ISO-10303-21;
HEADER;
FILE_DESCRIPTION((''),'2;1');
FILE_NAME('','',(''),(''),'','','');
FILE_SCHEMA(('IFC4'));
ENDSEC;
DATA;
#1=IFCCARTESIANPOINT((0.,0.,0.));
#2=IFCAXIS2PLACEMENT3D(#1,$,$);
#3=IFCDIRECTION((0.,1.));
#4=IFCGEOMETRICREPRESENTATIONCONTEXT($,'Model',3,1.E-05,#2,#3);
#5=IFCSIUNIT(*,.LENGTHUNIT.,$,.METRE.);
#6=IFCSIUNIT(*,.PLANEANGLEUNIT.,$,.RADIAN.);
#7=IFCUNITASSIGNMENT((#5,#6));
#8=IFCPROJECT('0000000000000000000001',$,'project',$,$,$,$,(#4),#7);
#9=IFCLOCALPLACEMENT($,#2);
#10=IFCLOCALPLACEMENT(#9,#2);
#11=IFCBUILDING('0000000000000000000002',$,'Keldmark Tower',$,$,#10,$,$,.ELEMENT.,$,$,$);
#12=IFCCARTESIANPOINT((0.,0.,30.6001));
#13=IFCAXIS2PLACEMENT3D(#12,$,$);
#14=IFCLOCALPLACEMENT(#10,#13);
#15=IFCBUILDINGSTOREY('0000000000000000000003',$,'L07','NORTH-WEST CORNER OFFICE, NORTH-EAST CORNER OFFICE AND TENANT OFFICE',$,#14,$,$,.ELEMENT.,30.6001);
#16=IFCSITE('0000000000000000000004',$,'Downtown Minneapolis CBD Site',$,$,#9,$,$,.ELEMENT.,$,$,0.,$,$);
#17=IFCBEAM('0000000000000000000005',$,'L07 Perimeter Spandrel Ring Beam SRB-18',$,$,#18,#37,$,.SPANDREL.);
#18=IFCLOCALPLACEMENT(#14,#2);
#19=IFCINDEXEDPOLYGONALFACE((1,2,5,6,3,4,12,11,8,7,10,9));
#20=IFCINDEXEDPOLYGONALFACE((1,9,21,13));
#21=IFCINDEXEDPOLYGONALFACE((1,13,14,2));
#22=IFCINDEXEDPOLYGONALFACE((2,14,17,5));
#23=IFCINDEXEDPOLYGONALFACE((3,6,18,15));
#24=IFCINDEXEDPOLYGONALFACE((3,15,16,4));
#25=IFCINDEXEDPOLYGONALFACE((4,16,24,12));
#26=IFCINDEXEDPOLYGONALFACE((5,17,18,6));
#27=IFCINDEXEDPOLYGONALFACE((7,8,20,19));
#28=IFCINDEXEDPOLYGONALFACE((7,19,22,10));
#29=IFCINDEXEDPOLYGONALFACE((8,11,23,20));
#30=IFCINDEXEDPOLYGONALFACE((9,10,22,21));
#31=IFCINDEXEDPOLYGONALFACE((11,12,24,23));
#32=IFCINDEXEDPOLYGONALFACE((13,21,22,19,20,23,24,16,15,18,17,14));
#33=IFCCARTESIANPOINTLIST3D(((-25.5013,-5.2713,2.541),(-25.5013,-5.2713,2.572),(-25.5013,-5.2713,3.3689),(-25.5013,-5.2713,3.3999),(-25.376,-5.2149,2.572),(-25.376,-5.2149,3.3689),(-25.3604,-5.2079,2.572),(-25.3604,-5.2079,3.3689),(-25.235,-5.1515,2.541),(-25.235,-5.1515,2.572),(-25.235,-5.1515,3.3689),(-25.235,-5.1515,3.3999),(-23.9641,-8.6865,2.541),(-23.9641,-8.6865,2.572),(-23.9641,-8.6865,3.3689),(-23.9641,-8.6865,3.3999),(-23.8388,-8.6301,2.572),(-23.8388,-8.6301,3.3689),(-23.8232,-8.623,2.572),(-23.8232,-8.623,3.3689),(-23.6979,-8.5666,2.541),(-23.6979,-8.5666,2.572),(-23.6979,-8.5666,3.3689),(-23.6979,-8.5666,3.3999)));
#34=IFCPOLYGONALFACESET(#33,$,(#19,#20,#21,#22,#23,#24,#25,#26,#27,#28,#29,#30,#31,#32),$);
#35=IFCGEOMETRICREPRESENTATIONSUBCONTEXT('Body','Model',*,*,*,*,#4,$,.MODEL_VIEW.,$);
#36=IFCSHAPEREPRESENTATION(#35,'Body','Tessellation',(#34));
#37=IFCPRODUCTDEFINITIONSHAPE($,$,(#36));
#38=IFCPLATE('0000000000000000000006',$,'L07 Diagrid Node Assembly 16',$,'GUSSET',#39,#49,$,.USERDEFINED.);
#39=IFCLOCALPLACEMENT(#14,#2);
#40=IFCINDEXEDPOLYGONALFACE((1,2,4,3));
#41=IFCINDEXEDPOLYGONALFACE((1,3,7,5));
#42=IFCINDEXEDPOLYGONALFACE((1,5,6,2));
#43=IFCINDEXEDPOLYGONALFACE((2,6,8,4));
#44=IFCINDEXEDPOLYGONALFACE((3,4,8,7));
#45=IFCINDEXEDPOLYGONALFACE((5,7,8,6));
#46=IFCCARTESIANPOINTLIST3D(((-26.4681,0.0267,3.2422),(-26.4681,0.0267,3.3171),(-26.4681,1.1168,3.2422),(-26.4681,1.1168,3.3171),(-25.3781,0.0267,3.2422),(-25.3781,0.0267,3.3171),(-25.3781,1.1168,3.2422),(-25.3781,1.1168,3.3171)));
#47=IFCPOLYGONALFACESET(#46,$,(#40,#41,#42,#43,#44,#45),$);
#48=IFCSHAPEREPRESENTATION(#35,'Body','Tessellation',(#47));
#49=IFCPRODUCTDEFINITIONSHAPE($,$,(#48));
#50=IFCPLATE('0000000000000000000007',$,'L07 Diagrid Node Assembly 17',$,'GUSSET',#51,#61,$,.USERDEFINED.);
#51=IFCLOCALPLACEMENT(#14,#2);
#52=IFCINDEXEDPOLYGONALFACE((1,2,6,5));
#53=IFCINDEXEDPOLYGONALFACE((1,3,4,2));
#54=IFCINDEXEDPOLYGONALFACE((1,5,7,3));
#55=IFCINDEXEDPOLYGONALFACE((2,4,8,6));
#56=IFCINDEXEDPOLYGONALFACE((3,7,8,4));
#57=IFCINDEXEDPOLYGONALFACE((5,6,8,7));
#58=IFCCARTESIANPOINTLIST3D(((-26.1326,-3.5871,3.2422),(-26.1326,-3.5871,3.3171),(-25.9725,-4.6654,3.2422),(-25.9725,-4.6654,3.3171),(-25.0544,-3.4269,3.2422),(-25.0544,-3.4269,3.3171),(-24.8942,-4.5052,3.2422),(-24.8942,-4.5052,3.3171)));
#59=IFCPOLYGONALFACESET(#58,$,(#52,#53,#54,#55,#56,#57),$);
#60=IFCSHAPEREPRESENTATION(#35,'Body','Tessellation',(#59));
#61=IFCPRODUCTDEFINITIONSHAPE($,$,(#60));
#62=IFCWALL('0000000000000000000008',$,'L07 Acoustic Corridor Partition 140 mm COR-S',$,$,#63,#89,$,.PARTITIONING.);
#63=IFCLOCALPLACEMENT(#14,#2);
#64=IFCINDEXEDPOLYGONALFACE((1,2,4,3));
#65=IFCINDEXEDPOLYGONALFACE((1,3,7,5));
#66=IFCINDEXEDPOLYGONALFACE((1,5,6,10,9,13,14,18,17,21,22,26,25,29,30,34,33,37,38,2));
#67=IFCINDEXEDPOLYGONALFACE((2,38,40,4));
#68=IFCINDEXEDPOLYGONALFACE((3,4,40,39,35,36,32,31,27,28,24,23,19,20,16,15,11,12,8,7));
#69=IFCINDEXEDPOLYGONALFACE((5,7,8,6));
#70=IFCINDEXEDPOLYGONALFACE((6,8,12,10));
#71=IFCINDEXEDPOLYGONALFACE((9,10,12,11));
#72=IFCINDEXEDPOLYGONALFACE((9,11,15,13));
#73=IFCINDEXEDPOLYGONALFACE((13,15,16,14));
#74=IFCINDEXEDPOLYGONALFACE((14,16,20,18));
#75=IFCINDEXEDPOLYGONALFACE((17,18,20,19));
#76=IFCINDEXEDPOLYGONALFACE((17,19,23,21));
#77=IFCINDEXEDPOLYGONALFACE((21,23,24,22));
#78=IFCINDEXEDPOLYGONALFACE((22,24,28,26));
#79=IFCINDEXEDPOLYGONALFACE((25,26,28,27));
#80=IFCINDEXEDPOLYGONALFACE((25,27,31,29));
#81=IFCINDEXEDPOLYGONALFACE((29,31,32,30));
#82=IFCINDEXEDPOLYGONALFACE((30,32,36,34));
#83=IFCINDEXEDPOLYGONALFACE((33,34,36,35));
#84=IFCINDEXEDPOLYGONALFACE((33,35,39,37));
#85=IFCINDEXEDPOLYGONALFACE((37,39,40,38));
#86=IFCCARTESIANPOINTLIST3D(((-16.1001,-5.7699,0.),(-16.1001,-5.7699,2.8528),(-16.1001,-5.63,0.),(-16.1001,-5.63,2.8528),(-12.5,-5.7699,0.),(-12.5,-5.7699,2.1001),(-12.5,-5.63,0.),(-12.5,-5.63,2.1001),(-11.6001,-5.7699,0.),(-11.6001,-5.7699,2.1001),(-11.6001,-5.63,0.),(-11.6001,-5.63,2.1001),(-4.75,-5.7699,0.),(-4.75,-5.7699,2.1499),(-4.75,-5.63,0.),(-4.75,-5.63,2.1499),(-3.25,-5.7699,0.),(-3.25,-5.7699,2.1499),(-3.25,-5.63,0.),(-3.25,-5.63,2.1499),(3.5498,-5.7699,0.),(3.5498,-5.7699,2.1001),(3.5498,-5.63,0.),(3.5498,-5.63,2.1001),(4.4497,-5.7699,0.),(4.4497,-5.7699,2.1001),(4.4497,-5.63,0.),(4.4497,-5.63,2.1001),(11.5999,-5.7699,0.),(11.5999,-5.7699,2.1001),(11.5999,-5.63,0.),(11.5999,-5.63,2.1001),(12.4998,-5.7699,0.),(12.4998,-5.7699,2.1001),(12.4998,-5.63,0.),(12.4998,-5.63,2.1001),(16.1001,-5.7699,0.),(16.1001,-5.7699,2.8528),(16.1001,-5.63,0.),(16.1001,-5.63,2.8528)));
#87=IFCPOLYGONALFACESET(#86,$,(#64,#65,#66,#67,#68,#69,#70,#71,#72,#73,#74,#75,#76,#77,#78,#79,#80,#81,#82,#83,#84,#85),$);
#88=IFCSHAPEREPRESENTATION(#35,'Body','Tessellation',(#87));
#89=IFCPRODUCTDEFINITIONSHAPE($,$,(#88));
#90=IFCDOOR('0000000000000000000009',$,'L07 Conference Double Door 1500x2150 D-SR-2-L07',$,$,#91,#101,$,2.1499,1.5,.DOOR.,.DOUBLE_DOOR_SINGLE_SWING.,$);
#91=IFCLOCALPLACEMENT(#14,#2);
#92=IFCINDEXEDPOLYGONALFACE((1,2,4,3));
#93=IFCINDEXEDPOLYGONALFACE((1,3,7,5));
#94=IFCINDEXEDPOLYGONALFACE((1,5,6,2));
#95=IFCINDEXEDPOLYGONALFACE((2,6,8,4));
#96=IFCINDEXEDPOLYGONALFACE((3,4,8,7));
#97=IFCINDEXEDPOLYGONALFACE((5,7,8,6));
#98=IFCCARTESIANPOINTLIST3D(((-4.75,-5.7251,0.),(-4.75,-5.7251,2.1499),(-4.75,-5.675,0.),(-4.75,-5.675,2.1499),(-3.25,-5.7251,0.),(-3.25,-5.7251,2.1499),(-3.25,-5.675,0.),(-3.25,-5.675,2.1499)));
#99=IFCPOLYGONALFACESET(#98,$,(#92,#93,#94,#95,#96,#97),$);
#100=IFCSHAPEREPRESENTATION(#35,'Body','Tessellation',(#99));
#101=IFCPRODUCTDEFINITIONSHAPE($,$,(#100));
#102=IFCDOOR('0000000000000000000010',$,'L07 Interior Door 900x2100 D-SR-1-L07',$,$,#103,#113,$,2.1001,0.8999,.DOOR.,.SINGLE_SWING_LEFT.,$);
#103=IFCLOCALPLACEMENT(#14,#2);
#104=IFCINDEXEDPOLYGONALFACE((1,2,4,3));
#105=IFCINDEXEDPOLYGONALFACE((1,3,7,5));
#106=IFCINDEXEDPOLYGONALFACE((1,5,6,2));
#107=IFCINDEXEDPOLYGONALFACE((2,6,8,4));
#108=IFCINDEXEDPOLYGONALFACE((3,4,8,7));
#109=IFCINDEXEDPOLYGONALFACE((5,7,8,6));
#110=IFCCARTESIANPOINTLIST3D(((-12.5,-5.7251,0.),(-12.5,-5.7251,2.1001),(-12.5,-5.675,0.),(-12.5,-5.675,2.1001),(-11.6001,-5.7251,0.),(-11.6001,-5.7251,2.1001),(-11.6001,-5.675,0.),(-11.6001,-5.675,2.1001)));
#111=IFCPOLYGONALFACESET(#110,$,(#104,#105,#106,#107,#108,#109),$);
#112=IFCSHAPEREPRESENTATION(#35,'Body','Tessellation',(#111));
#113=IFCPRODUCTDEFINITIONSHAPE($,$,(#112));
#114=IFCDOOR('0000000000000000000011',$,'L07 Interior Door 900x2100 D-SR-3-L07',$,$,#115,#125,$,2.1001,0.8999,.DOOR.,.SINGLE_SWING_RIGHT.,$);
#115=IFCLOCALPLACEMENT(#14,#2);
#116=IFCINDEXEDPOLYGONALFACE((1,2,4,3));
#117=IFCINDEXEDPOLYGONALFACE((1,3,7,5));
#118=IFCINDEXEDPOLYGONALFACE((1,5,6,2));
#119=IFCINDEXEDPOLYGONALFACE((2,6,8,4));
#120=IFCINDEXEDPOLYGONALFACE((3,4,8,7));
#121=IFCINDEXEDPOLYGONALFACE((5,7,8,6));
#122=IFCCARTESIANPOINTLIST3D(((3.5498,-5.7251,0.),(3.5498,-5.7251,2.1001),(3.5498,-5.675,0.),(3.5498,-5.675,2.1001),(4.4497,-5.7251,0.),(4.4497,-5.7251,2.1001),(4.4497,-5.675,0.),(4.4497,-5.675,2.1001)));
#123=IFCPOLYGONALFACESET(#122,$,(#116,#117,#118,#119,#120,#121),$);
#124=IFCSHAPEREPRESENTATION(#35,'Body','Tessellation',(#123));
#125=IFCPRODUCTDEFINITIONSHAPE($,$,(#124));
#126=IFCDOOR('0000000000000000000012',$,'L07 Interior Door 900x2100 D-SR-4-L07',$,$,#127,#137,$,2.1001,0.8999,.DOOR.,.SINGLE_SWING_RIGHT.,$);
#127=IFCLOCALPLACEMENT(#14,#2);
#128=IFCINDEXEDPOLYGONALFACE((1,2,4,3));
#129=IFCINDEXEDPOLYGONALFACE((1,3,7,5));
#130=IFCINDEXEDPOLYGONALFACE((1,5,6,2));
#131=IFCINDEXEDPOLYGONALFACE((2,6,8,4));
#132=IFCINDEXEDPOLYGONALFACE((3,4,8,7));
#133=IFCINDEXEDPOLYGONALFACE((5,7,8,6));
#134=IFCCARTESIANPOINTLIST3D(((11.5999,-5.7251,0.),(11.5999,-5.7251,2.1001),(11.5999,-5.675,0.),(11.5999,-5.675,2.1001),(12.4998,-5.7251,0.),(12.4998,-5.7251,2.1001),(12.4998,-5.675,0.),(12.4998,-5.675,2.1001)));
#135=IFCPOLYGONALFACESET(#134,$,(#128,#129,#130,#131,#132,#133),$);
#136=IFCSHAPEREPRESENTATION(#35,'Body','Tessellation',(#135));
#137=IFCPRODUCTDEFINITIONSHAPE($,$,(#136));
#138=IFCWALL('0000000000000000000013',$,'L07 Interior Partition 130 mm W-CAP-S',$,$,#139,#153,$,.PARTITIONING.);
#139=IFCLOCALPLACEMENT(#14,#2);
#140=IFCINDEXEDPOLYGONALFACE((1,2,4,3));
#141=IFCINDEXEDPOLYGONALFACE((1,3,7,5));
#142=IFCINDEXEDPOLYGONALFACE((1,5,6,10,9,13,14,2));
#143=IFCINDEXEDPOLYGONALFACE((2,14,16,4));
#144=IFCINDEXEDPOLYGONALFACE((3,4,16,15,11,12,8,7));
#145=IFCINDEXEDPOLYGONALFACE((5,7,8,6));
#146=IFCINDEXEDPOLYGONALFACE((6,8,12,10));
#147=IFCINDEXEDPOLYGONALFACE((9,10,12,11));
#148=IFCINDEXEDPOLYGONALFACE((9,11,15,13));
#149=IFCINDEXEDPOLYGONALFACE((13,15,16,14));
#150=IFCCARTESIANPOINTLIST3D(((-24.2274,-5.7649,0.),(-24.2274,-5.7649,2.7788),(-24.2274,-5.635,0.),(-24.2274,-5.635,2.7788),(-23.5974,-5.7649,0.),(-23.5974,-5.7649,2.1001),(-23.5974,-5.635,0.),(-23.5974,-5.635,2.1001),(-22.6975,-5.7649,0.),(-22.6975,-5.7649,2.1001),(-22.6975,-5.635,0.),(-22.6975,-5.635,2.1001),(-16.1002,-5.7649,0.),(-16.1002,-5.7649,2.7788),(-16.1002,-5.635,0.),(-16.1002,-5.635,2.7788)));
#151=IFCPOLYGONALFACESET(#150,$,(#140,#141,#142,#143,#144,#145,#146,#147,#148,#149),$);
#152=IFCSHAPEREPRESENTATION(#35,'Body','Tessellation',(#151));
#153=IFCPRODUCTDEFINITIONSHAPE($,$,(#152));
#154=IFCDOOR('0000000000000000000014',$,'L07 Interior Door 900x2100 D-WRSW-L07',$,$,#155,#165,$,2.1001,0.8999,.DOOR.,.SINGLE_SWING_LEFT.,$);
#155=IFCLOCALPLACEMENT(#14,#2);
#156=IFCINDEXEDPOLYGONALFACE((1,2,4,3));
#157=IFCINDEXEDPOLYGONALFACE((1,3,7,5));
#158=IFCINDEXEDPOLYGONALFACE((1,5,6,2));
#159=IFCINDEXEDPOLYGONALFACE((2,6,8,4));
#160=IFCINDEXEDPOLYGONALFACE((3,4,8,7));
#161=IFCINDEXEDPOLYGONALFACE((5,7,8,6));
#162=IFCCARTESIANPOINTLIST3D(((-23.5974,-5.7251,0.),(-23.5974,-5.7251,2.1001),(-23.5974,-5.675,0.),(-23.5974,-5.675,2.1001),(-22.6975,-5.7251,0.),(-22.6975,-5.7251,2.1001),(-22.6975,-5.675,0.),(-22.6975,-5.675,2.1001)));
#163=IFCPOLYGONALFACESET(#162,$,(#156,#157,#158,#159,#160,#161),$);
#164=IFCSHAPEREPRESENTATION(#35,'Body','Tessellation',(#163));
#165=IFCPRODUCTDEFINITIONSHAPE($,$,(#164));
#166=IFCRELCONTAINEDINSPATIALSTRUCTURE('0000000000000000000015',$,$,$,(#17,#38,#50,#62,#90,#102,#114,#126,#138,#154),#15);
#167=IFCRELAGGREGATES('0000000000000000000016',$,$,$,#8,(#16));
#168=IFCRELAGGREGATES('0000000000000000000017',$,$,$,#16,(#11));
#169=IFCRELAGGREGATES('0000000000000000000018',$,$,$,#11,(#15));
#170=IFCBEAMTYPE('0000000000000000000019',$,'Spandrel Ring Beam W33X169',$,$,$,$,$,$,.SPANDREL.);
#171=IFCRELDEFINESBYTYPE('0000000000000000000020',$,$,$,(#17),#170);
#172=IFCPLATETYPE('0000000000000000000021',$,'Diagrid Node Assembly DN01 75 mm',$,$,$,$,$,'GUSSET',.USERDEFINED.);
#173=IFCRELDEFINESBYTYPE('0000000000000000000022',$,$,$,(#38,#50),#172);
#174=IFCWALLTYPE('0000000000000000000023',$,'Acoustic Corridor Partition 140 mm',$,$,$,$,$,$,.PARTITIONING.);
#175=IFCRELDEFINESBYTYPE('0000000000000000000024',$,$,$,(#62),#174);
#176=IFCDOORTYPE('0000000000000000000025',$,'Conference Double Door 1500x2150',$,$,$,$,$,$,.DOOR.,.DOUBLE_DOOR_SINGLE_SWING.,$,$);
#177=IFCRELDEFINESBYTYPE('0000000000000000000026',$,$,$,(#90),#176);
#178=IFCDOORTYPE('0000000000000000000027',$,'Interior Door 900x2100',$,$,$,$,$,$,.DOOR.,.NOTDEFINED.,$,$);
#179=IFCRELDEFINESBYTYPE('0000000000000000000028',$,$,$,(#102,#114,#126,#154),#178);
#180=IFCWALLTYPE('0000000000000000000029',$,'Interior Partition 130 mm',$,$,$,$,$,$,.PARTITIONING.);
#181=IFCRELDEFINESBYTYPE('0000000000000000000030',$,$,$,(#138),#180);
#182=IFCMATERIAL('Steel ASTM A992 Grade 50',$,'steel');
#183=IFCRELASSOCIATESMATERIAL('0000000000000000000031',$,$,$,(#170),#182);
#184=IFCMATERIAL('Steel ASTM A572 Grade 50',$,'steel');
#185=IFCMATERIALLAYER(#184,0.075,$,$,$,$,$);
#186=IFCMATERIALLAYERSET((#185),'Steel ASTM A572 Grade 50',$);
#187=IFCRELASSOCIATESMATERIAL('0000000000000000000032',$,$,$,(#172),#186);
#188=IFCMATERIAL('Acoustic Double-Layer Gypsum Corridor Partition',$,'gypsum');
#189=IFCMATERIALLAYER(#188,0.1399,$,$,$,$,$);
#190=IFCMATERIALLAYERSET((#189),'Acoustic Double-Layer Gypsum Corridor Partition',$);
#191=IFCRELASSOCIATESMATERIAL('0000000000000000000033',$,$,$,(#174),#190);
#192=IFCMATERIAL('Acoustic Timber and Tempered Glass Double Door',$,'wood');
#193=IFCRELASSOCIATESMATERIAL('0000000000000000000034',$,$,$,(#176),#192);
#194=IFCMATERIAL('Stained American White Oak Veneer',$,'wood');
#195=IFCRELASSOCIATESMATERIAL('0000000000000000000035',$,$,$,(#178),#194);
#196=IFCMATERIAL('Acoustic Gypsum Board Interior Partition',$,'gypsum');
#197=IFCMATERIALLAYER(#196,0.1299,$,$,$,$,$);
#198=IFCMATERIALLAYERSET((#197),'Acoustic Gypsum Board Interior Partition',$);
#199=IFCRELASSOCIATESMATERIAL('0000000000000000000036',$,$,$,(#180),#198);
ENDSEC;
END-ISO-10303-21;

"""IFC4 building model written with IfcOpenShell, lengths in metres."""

from ifc_helpers import new_model, si_unit, direction, frame, frame_2d, origin, origin_2d, place, context, subcontext, project, spatial, rectangle, i_section, extrude, material, layer, layer_set, material_profile, profile_set, type_object, element, fill, save


model = new_model("IFC4")

# Units and contexts
model_context = context("Model", 3, precision=1e-05, world=origin(), true_north=direction((0.0, 1.0)))
body_context = subcontext(model_context, "Body", "Model", "MODEL_VIEW")
ifc_project = project(units=[si_unit("LENGTHUNIT", "METRE"), si_unit("PLANEANGLEUNIT", "RADIAN")], contexts=[model_context])

# Site, building, storey
site_placement = place(None, origin())
site = spatial("IfcSite", under=ifc_project, at=site_placement, Name="Downtown Minneapolis CBD Site", CompositionType="ELEMENT", RefElevation=0.0)
building_placement = place(site_placement, origin())
building = spatial("IfcBuilding", under=site, at=building_placement, Name="Keldmark Tower", CompositionType="ELEMENT")
storey_placement = place(building_placement, frame((0.0, 0.0, 30.6001)))
storey = spatial("IfcBuildingStorey", under=building, at=storey_placement, Name="L07", Description="NORTH-WEST CORNER OFFICE, NORTH-EAST CORNER OFFICE AND TENANT OFFICE", CompositionType="ELEMENT", Elevation=30.6001)

# Beam
ifc_material_1 = material(Name="Steel ASTM A992 Grade 50", Category="steel")
ifc_material_profile_1 = material_profile(ifc_material_1, i_section(OverallWidth=0.292, OverallDepth=0.8589, WebThickness=0.0171, FlangeThickness=0.031, at=origin_2d()), Name="W33X169")
ifc_profile_set_1 = profile_set([ifc_material_profile_1], Name="Steel ASTM A992 Grade 50")
beam_type_1 = type_object("IfcBeamType", Name="Spandrel Ring Beam W33X169", PredefinedType="SPANDREL", material=ifc_profile_set_1)
beam_1_placement = place(storey_placement, frame((-25.3682, -5.2114, 2.9705), z_axis=(0.410441, -0.911887, 0.0), x_axis=(0.911887, 0.410441, 0.0)))
element("IfcBeam", 1, at=beam_1_placement, inside=storey, type_object=beam_type_1, Name="L07 Perimeter Spandrel Ring Beam SRB-18", PredefinedType="SPANDREL", context=body_context, shape_type="SweptSolid", body=[
    extrude(i_section(OverallWidth=0.292, OverallDepth=0.8589, WebThickness=0.0171, FlangeThickness=0.031, at=origin_2d()), origin(), (0.0, 0.0, 1.0), 3.7451),
])

# Plates
ifc_material_2 = material(Name="Steel ASTM A572 Grade 50", Category="steel")
ifc_layer_1 = layer(ifc_material_2, 0.075)
ifc_layer_set_1 = layer_set([ifc_layer_1], Name="Steel ASTM A572 Grade 50")
plate_type = type_object("IfcPlateType", Name="Diagrid Node Assembly DN01 75 mm", ElementType="GUSSET", PredefinedType="USERDEFINED", material=ifc_layer_set_1)
for number, where, z_axis, x_axis, name in (
    (2, (-25.9231, 0.5718, 3.2422), (0.0, 0.0, 1.0), (0.0, -1.0, 0.0), "L07 Diagrid Node Assembly 16"),
    (3, (-25.5134, -4.0461, 3.2422), (0.0, 0.0, 1.0), (0.146946, -0.989144, 0.0), "L07 Diagrid Node Assembly 17"),
):
    element("IfcPlate", number, at=place(storey_placement, frame(where, z_axis=z_axis, x_axis=x_axis)), inside=storey, type_object=plate_type, Name=name, ObjectType="GUSSET", PredefinedType="USERDEFINED", context=body_context, shape_type="SweptSolid", body=[
        extrude(rectangle(XDim=1.0901, YDim=1.0901, at=origin_2d()), origin(), (0.0, 0.0, 1.0), 0.075),
    ])

# Wall, openings, doors
ifc_material_3 = material(Name="Acoustic Double-Layer Gypsum Corridor Partition", Category="gypsum")
ifc_layer_2 = layer(ifc_material_3, 0.1399)
ifc_layer_set_2 = layer_set([ifc_layer_2], Name="Acoustic Double-Layer Gypsum Corridor Partition")
wall_type_1 = type_object("IfcWallType", Name="Acoustic Corridor Partition 140 mm", PredefinedType="PARTITIONING", material=ifc_layer_set_2)
wall_1_placement = place(storey_placement, frame((-16.1001, -5.7, 0.0), z_axis=(0.0, 0.0, 1.0), x_axis=(1.0, 0.0, 0.0)))
wall_1 = element("IfcWall", 4, at=wall_1_placement, inside=storey, type_object=wall_type_1, Name="L07 Acoustic Corridor Partition 140 mm COR-S", PredefinedType="PARTITIONING", context=body_context, shape_type="SweptSolid", body=[
    extrude(rectangle(XDim=32.2002, YDim=0.1399, at=frame_2d((16.1001, 0.0))), origin(), (0.0, 0.0, 1.0), 2.8528),
])
opening_1_placement = place(wall_1_placement, frame((3.6001, 0.0, 0.0)))
opening_1 = element("IfcOpeningElement", 5, at=opening_1_placement, cuts=wall_1, PredefinedType="OPENING", context=body_context, shape_type="SweptSolid", body=[
    extrude(rectangle(XDim=0.8999, YDim=2.1001, at=frame_2d((0.45, 1.05))), frame((0.0, 0.0798, 0.0), z_axis=(0.0, -1.0, 0.0), x_axis=(1.0, 0.0, 0.0)), (0.0, 0.0, 1.0), 0.1599),
])
opening_2_placement = place(wall_1_placement, frame((11.3501, 0.0, 0.0)))
opening_2 = element("IfcOpeningElement", 6, at=opening_2_placement, cuts=wall_1, PredefinedType="OPENING", context=body_context, shape_type="SweptSolid", body=[
    extrude(rectangle(XDim=1.5, YDim=2.1499, at=frame_2d((0.75, 1.075))), frame((0.0, 0.0798, 0.0), z_axis=(0.0, -1.0, 0.0), x_axis=(1.0, 0.0, 0.0)), (0.0, 0.0, 1.0), 0.1599),
])
opening_3_placement = place(wall_1_placement, frame((19.6499, 0.0, 0.0)))
opening_3 = element("IfcOpeningElement", 7, at=opening_3_placement, cuts=wall_1, PredefinedType="OPENING", context=body_context, shape_type="SweptSolid", body=[
    extrude(rectangle(XDim=0.8999, YDim=2.1001, at=frame_2d((0.45, 1.05))), frame((0.0, 0.0798, 0.0), z_axis=(0.0, -1.0, 0.0), x_axis=(1.0, 0.0, 0.0)), (0.0, 0.0, 1.0), 0.1599),
])
opening_4_placement = place(wall_1_placement, frame((27.7, 0.0, 0.0)))
opening_4 = element("IfcOpeningElement", 8, at=opening_4_placement, cuts=wall_1, PredefinedType="OPENING", context=body_context, shape_type="SweptSolid", body=[
    extrude(rectangle(XDim=0.8999, YDim=2.1001, at=frame_2d((0.45, 1.05))), frame((0.0, 0.0798, 0.0), z_axis=(0.0, -1.0, 0.0), x_axis=(1.0, 0.0, 0.0)), (0.0, 0.0, 1.0), 0.1599),
])
ifc_material_4 = material(Name="Acoustic Timber and Tempered Glass Double Door", Category="wood")
door_type_1 = type_object("IfcDoorType", Name="Conference Double Door 1500x2150", OperationType="DOUBLE_DOOR_SINGLE_SWING", PredefinedType="DOOR", material=ifc_material_4)
door_1_placement = place(opening_2_placement, origin())
door_1 = element("IfcDoor", 9, at=door_1_placement, inside=storey, type_object=door_type_1, Name="L07 Conference Double Door 1500x2150 D-SR-2-L07", OperationType="DOUBLE_DOOR_SINGLE_SWING", OverallHeight=2.1499, OverallWidth=1.5, PredefinedType="DOOR", context=body_context, shape_type="SweptSolid", body=[
    extrude(rectangle(XDim=1.5, YDim=2.1499, at=frame_2d((0.75, 1.075))), frame((0.0, 0.0249, 0.0), z_axis=(0.0, -1.0, 0.0), x_axis=(1.0, 0.0, 0.0)), (0.0, 0.0, 1.0), 0.05),
])
fill(opening_2, door_1)
ifc_material_5 = material(Name="Stained American White Oak Veneer", Category="wood")
door_type_2 = type_object("IfcDoorType", Name="Interior Door 900x2100", OperationType="NOTDEFINED", PredefinedType="DOOR", material=ifc_material_5)
door_2_placement = place(opening_1_placement, origin())
door_2 = element("IfcDoor", 10, at=door_2_placement, inside=storey, type_object=door_type_2, Name="L07 Interior Door 900x2100 D-SR-1-L07", OperationType="SINGLE_SWING_LEFT", OverallHeight=2.1001, OverallWidth=0.8999, PredefinedType="DOOR", context=body_context, shape_type="SweptSolid", body=[
    extrude(rectangle(XDim=0.8999, YDim=2.1001, at=frame_2d((0.45, 1.05))), frame((0.0, 0.0249, 0.0), z_axis=(0.0, -1.0, 0.0), x_axis=(1.0, 0.0, 0.0)), (0.0, 0.0, 1.0), 0.05),
])
fill(opening_1, door_2)
door_3_placement = place(opening_3_placement, origin())
door_3 = element("IfcDoor", 11, at=door_3_placement, inside=storey, type_object=door_type_2, Name="L07 Interior Door 900x2100 D-SR-3-L07", OperationType="SINGLE_SWING_RIGHT", OverallHeight=2.1001, OverallWidth=0.8999, PredefinedType="DOOR", context=body_context, shape_type="SweptSolid", body=[
    extrude(rectangle(XDim=0.8999, YDim=2.1001, at=frame_2d((0.45, 1.05))), frame((0.0, 0.0249, 0.0), z_axis=(0.0, -1.0, 0.0), x_axis=(1.0, 0.0, 0.0)), (0.0, 0.0, 1.0), 0.05),
])
fill(opening_3, door_3)
door_4_placement = place(opening_4_placement, origin())
door_4 = element("IfcDoor", 12, at=door_4_placement, inside=storey, type_object=door_type_2, Name="L07 Interior Door 900x2100 D-SR-4-L07", OperationType="SINGLE_SWING_RIGHT", OverallHeight=2.1001, OverallWidth=0.8999, PredefinedType="DOOR", context=body_context, shape_type="SweptSolid", body=[
    extrude(rectangle(XDim=0.8999, YDim=2.1001, at=frame_2d((0.45, 1.05))), frame((0.0, 0.0249, 0.0), z_axis=(0.0, -1.0, 0.0), x_axis=(1.0, 0.0, 0.0)), (0.0, 0.0, 1.0), 0.05),
])
fill(opening_4, door_4)

# Wall, opening, door
ifc_material_6 = material(Name="Acoustic Gypsum Board Interior Partition", Category="gypsum")
ifc_layer_3 = layer(ifc_material_6, 0.1299)
ifc_layer_set_3 = layer_set([ifc_layer_3], Name="Acoustic Gypsum Board Interior Partition")
wall_type_2 = type_object("IfcWallType", Name="Interior Partition 130 mm", PredefinedType="PARTITIONING", material=ifc_layer_set_3)
wall_2_placement = place(storey_placement, frame((-24.2273, -5.7, 0.0), z_axis=(0.0, 0.0, 1.0), x_axis=(1.0, 0.0, 0.0)))
wall_2 = element("IfcWall", 13, at=wall_2_placement, inside=storey, type_object=wall_type_2, Name="L07 Interior Partition 130 mm W-CAP-S", PredefinedType="PARTITIONING", context=body_context, shape_type="SweptSolid", body=[
    extrude(rectangle(XDim=8.1272, YDim=0.1299, at=frame_2d((4.0635, 0.0))), origin(), (0.0, 0.0, 1.0), 2.7788),
])
opening_5_placement = place(wall_2_placement, frame((0.6299, 0.0, 0.0)))
opening_5 = element("IfcOpeningElement", 14, at=opening_5_placement, cuts=wall_2, PredefinedType="OPENING", context=body_context, shape_type="SweptSolid", body=[
    extrude(rectangle(XDim=0.8999, YDim=2.1001, at=frame_2d((0.45, 1.05))), frame((0.0, 0.075, 0.0), z_axis=(0.0, -1.0, 0.0), x_axis=(1.0, 0.0, 0.0)), (0.0, 0.0, 1.0), 0.1499),
])
door_5_placement = place(opening_5_placement, origin())
door_5 = element("IfcDoor", 15, at=door_5_placement, inside=storey, type_object=door_type_2, Name="L07 Interior Door 900x2100 D-WRSW-L07", OperationType="SINGLE_SWING_LEFT", OverallHeight=2.1001, OverallWidth=0.8999, PredefinedType="DOOR", context=body_context, shape_type="SweptSolid", body=[
    extrude(rectangle(XDim=0.8999, YDim=2.1001, at=frame_2d((0.45, 1.05))), frame((0.0, 0.0249, 0.0), z_axis=(0.0, -1.0, 0.0), x_axis=(1.0, 0.0, 0.0)), (0.0, 0.0, 1.0), 0.05),
])
fill(opening_5, door_5)

save(model, "model.ifc")
